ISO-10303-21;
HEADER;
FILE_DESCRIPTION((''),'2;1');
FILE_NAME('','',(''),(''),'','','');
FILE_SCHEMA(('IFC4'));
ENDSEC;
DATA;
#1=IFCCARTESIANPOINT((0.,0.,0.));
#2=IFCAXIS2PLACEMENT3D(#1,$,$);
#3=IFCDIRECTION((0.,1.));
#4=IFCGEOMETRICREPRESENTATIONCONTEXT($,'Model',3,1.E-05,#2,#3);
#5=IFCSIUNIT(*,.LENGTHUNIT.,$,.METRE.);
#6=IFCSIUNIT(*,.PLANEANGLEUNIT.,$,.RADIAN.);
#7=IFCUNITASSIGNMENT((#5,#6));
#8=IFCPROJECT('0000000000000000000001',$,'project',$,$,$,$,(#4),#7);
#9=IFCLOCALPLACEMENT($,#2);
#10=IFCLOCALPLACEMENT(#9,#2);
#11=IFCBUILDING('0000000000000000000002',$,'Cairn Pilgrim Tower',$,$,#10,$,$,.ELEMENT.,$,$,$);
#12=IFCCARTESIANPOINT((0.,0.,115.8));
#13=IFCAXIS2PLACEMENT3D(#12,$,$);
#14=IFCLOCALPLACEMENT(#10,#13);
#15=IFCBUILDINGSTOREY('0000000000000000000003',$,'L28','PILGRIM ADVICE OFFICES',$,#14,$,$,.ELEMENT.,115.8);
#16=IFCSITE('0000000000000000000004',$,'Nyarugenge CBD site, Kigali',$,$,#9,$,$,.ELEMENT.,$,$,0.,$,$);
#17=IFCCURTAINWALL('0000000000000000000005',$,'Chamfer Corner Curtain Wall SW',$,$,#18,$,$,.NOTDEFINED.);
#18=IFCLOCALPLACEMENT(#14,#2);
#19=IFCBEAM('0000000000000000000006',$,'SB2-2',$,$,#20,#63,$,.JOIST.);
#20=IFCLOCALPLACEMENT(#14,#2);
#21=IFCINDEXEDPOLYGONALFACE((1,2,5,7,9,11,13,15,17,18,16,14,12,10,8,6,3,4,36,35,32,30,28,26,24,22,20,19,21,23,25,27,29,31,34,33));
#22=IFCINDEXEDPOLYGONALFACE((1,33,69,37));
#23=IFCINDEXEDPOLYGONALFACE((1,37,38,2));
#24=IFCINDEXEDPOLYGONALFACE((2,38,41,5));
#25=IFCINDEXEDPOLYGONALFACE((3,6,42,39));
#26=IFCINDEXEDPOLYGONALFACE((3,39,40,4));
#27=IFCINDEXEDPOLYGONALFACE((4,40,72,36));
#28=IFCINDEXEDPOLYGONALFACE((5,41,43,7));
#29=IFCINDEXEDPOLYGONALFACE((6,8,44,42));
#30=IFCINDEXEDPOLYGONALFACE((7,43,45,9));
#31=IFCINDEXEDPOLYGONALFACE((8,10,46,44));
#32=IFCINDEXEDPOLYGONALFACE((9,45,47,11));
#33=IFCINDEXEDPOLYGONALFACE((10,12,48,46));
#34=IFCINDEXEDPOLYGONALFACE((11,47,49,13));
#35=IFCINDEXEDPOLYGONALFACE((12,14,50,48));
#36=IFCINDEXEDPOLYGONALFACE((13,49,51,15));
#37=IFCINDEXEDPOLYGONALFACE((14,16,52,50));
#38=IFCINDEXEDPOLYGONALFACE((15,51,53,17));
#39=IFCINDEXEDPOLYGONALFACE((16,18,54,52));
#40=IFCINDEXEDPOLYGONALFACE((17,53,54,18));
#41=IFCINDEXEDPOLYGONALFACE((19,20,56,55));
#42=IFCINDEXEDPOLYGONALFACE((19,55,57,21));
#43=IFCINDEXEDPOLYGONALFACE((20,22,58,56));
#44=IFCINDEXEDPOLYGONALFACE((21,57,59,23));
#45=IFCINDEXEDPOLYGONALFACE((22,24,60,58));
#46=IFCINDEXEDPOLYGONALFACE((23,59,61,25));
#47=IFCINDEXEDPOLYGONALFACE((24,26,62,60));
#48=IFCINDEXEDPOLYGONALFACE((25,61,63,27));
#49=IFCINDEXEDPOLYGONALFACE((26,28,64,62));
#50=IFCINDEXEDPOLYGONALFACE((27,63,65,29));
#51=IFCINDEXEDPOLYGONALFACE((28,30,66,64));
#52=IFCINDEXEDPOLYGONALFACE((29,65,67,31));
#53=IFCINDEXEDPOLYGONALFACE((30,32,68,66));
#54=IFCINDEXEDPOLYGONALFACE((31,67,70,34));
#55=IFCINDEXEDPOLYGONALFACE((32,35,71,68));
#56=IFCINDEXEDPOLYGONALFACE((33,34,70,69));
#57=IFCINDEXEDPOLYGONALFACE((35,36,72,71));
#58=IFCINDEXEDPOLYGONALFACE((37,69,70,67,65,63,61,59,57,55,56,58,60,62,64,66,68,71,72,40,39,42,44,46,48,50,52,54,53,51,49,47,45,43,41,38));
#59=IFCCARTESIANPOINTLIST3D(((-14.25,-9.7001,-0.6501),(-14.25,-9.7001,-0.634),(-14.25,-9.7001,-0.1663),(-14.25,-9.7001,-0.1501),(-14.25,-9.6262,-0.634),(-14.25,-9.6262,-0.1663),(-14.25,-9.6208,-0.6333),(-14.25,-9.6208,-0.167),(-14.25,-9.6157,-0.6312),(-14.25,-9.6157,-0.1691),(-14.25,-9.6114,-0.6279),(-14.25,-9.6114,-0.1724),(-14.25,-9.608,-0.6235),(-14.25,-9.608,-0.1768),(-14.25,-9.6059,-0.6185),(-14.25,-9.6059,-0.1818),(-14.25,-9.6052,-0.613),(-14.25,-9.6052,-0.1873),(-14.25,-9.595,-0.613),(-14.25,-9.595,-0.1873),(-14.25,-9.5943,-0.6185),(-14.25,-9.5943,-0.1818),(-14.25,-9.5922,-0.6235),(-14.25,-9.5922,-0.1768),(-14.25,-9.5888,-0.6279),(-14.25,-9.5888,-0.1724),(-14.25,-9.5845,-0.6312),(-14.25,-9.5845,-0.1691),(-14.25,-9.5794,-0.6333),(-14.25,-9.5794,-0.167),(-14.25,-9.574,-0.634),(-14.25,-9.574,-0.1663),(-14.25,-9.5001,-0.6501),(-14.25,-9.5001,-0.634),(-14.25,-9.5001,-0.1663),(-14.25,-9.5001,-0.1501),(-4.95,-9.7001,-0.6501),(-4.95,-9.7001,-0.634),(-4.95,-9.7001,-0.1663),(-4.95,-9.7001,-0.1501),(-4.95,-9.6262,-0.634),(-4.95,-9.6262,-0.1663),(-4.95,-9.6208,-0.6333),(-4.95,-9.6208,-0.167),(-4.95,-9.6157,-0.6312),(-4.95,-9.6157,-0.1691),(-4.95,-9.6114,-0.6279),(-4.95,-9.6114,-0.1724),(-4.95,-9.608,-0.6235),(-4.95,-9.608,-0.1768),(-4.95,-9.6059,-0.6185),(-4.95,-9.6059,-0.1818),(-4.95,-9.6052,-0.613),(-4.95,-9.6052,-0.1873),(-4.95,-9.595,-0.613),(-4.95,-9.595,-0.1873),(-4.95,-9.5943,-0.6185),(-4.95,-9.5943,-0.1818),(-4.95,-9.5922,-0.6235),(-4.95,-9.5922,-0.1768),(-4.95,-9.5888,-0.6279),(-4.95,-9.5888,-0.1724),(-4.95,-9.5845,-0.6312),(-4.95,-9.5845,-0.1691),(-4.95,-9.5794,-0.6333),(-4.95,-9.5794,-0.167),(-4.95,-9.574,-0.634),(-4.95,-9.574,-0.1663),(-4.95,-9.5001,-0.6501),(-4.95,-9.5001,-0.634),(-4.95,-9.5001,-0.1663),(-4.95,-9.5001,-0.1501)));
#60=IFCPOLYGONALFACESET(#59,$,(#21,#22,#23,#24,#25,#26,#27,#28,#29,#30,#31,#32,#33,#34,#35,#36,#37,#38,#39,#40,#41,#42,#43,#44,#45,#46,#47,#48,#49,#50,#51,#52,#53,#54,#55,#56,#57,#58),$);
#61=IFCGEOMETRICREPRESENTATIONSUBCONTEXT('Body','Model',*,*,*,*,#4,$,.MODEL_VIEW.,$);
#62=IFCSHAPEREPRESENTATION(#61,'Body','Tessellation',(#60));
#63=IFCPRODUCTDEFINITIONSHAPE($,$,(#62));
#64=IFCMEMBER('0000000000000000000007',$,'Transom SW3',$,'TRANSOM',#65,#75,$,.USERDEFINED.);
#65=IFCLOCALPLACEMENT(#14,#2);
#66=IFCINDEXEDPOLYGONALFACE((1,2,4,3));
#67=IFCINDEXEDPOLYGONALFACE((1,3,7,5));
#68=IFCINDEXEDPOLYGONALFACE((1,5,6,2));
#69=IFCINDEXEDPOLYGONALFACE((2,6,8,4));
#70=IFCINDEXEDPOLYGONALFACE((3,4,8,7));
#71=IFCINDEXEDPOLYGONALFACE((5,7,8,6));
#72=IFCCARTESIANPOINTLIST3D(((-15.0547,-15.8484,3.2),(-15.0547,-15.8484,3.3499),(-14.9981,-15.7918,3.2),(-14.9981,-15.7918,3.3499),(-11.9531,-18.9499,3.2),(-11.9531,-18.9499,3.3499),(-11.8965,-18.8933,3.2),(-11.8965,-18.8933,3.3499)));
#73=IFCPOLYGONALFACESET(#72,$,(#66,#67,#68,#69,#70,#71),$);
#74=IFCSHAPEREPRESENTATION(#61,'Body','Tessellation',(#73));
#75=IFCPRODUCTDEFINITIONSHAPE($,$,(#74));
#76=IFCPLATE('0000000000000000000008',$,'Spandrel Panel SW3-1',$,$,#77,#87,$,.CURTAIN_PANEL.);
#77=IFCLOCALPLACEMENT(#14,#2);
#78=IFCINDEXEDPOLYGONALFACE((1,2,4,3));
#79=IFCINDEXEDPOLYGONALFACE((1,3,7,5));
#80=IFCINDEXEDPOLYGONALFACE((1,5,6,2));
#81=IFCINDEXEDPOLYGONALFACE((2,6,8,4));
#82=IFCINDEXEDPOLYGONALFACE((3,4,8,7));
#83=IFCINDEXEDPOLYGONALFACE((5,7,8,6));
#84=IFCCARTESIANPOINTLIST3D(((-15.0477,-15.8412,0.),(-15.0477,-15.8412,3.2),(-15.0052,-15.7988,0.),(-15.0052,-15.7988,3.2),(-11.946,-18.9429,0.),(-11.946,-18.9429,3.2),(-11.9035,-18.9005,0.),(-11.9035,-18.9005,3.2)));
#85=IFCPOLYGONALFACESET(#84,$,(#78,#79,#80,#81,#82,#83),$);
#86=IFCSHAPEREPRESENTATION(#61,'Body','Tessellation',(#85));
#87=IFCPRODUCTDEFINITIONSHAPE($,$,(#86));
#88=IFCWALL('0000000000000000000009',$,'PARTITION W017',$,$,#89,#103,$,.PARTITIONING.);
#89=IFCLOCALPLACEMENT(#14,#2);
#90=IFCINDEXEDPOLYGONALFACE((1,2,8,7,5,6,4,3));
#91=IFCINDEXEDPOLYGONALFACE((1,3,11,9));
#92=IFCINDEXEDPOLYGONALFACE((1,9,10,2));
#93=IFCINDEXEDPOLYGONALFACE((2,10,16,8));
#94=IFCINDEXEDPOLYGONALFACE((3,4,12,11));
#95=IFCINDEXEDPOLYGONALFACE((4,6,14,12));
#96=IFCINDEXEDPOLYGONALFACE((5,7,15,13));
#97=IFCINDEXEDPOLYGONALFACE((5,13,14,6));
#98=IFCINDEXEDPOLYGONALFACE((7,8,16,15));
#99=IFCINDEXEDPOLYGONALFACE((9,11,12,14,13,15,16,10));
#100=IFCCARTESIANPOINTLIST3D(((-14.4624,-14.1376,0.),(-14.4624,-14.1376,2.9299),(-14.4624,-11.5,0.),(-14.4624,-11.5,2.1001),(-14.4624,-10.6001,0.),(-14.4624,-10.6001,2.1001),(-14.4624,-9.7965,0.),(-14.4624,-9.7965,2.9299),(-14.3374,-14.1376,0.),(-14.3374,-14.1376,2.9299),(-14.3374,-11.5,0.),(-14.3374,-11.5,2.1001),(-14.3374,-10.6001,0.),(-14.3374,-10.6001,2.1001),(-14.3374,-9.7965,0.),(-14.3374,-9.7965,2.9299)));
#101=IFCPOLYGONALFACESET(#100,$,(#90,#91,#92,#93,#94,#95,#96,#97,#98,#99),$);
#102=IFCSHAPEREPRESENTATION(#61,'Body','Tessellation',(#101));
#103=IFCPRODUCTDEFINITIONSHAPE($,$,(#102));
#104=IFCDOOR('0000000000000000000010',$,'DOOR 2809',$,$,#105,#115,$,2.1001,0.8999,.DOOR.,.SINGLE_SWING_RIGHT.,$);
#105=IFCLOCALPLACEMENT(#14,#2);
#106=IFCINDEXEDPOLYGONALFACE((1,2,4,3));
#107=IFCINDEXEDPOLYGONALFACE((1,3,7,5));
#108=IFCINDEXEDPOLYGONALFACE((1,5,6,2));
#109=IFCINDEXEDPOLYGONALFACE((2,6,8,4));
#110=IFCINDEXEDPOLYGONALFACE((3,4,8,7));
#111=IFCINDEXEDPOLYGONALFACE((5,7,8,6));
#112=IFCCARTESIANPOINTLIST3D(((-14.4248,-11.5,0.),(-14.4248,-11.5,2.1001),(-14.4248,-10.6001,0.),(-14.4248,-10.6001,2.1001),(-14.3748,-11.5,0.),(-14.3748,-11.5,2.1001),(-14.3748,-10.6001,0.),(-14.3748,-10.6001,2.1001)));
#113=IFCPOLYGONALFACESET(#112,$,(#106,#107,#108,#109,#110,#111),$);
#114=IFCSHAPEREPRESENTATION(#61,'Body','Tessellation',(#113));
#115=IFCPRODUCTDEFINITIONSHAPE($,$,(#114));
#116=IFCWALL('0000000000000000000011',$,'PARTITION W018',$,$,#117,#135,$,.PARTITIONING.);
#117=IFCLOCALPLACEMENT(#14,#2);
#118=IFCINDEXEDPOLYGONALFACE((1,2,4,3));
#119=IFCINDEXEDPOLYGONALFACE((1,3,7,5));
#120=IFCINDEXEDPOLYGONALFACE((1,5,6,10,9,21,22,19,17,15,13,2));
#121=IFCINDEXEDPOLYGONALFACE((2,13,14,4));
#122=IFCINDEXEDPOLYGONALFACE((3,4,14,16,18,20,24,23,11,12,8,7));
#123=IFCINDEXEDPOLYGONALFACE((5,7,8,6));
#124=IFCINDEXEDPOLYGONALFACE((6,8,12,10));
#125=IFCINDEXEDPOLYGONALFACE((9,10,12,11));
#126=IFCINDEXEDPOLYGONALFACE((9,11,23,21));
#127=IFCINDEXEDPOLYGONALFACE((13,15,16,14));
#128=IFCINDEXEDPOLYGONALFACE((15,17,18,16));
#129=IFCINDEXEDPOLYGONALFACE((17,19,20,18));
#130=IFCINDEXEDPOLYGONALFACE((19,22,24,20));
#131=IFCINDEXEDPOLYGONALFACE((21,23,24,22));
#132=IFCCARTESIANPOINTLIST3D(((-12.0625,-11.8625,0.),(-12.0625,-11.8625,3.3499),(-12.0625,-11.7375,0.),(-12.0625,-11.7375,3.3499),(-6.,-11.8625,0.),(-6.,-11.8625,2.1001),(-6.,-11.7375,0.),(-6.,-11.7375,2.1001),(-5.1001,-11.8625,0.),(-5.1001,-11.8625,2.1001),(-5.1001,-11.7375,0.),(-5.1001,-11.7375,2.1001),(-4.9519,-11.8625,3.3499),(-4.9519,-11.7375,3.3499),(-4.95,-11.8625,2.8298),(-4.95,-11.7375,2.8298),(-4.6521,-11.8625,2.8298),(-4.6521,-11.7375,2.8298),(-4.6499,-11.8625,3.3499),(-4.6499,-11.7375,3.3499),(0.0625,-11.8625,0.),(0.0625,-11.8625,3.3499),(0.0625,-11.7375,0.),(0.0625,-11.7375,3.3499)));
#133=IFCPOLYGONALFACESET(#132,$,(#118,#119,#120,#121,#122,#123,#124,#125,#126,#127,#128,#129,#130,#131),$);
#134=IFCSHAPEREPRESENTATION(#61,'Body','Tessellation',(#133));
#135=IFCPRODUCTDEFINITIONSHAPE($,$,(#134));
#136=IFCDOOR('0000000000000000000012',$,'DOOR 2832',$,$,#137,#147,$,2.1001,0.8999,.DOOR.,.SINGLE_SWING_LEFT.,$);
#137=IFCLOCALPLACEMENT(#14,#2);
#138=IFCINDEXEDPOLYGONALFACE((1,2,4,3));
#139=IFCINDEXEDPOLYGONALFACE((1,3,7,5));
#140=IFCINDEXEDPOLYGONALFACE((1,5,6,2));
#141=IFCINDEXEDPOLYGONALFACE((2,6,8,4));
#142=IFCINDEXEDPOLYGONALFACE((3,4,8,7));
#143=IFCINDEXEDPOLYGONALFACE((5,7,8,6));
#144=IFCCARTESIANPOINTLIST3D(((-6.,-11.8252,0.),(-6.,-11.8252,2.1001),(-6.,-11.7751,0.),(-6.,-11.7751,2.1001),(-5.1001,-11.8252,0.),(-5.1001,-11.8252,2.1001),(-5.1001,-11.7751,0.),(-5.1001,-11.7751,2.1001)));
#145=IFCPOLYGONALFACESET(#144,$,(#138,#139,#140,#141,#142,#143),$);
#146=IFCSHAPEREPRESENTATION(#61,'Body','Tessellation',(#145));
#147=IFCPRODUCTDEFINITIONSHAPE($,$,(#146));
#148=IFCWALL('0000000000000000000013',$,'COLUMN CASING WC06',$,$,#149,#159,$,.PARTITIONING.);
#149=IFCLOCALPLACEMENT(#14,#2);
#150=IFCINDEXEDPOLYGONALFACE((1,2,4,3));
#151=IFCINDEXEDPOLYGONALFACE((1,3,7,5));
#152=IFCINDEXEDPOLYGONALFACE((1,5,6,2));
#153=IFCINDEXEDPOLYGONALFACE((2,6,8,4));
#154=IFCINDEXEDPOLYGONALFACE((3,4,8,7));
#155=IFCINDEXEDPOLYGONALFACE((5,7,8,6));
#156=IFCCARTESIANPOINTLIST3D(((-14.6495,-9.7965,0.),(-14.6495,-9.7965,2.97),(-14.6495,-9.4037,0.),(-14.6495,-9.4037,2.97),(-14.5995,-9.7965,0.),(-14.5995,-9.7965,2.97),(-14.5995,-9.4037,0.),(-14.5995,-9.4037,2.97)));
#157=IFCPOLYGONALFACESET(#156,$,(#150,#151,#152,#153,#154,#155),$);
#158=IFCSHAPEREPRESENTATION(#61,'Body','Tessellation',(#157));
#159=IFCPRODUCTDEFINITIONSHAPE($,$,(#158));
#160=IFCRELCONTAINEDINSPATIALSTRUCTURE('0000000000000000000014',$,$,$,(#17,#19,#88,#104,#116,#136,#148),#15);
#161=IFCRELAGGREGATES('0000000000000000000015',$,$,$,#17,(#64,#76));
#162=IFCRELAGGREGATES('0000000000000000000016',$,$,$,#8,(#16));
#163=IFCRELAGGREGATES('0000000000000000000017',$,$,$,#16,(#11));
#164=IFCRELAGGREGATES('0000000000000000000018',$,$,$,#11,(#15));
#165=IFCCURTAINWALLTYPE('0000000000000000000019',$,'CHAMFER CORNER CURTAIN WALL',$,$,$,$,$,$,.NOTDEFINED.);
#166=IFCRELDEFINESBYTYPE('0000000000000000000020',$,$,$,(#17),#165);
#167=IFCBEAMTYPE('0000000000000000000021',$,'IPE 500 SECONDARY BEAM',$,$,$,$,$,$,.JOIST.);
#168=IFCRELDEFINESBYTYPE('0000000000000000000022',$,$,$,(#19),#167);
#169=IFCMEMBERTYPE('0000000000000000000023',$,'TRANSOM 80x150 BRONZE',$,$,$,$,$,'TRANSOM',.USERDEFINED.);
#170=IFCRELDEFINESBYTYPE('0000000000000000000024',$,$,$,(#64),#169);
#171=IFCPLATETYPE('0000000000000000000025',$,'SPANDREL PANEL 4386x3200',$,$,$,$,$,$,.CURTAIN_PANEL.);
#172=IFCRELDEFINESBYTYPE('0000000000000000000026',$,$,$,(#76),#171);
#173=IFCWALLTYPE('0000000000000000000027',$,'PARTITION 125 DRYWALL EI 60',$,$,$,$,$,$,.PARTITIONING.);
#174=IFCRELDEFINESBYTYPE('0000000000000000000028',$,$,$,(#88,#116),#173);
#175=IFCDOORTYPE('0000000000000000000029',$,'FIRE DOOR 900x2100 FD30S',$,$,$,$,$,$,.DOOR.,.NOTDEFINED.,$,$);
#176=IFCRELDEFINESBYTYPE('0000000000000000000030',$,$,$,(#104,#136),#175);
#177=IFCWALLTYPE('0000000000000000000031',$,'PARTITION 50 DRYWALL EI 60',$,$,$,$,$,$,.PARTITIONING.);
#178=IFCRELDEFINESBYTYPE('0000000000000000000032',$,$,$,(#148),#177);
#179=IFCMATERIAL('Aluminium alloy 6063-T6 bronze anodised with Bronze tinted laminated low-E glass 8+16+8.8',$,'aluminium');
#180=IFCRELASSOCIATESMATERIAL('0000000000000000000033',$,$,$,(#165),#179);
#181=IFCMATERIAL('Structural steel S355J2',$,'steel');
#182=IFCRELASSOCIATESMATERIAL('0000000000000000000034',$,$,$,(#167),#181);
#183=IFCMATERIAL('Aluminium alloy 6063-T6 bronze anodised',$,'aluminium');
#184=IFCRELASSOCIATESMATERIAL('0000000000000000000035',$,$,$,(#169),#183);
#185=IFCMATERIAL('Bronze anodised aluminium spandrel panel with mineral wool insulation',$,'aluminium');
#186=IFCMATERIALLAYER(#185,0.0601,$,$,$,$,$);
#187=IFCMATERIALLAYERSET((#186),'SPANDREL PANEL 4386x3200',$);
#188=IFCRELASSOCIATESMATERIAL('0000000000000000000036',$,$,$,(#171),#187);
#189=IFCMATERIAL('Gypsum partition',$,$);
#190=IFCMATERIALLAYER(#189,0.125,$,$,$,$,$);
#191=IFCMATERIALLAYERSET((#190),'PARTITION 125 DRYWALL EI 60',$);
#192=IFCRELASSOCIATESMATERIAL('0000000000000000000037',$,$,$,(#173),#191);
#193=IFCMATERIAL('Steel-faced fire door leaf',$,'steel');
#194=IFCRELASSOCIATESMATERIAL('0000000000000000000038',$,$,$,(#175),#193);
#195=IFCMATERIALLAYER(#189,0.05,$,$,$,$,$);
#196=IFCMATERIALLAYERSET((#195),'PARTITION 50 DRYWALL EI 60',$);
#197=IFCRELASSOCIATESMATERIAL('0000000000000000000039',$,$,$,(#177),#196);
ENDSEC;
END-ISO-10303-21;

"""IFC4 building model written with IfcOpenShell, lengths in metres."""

from ifc_helpers import new_model, si_unit, direction, frame, frame_2d, origin, origin_2d, place, context, subcontext, project, spatial, polyline, rectangle, i_section, outline, extrude, material, layer, layer_set, material_profile, profile_set, type_object, element, fill, aggregate, save


model = new_model("IFC4")

# Units and contexts
model_context = context("Model", 3, precision=1e-05, world=origin(), true_north=direction((0.0, 1.0)))
body_context = subcontext(model_context, "Body", "Model", "MODEL_VIEW")
ifc_project = project(units=[si_unit("LENGTHUNIT", "METRE"), si_unit("PLANEANGLEUNIT", "RADIAN")], contexts=[model_context])

# Site, building, storey
site_placement = place(None, origin())
site = spatial("IfcSite", under=ifc_project, at=site_placement, Name="Nyarugenge CBD site, Kigali", CompositionType="ELEMENT", RefElevation=0.0)
building_placement = place(site_placement, origin())
building = spatial("IfcBuilding", under=site, at=building_placement, Name="Cairn Pilgrim Tower", CompositionType="ELEMENT")
storey_placement = place(building_placement, frame((0.0, 0.0, 115.8)))
storey = spatial("IfcBuildingStorey", under=building, at=storey_placement, Name="L28", Description="PILGRIM ADVICE OFFICES", CompositionType="ELEMENT", Elevation=115.8)

# Shared definitions
ifc_material_1 = material(Name="Structural steel S355J2", Category="steel")

# Curtain wall
ifc_material_2 = material(Name="Aluminium alloy 6063-T6 bronze anodised with Bronze tinted laminated low-E glass 8+16+8.8", Category="aluminium")
curtain_wall_type = type_object("IfcCurtainWallType", Name="CHAMFER CORNER CURTAIN WALL", PredefinedType="NOTDEFINED", material=ifc_material_2)
curtain_wall_placement = place(storey_placement, origin())
curtain_wall = element("IfcCurtainWall", 1, at=curtain_wall_placement, inside=storey, type_object=curtain_wall_type, Name="Chamfer Corner Curtain Wall SW", PredefinedType="NOTDEFINED")
ifc_material_3 = material(Name="Aluminium alloy 6063-T6 bronze anodised", Category="aluminium")

# Beam
ifc_material_profile_1 = material_profile(ifc_material_1, i_section(OverallWidth=0.2, OverallDepth=0.5, WebThickness=0.0103, FlangeThickness=0.0161, FilletRadius=0.021, at=origin_2d()), Name="IPE 500")
ifc_profile_set_1 = profile_set([ifc_material_profile_1], Name="Structural steel S355J2")
beam_type_1 = type_object("IfcBeamType", Name="IPE 500 SECONDARY BEAM", PredefinedType="JOIST", material=ifc_profile_set_1)
for number, where, z_axis, x_axis, name in (
    (2, (-14.25, -9.6001, -0.4001), (1.0, 0.0, 0.0), (0.0, 1.0, 0.0), "SB2-2"),
):
    element("IfcBeam", number, at=place(storey_placement, frame(where, z_axis=z_axis, x_axis=x_axis)), inside=storey, type_object=beam_type_1, Name=name, PredefinedType="JOIST", context=body_context, shape_type="SweptSolid", body=[
        extrude(i_section(OverallWidth=0.2, OverallDepth=0.5, WebThickness=0.0103, FlangeThickness=0.0161, FilletRadius=0.021, at=origin_2d()), origin(), (0.0, 0.0, 1.0), 9.3),
    ])

# Member
ifc_material_profile_2 = material_profile(ifc_material_3, rectangle(XDim=0.0801, YDim=0.1499, at=origin_2d()), Name="TRANSOM 80x150 BRONZE")
ifc_profile_set_2 = profile_set([ifc_material_profile_2], Name="Aluminium alloy 6063-T6 bronze anodised")
member_type_1 = type_object("IfcMemberType", Name="TRANSOM 80x150 BRONZE", ElementType="TRANSOM", PredefinedType="USERDEFINED", material=ifc_profile_set_2)
member_1_placement = place(storey_placement, frame((-15.0264, -15.8201, 3.2749), z_axis=(0.707107, -0.707107, 0.0), x_axis=(0.707107, 0.707107, 0.0)))
member_1 = element("IfcMember", 3, at=member_1_placement, type_object=member_type_1, Name="Transom SW3", ObjectType="TRANSOM", PredefinedType="USERDEFINED", context=body_context, shape_type="SweptSolid", body=[
    extrude(rectangle(XDim=0.0801, YDim=0.1499, at=origin_2d()), origin(), (0.0, 0.0, 1.0), 4.3862),
])

# Plate
ifc_material_4 = material(Name="Bronze anodised aluminium spandrel panel with mineral wool insulation", Category="aluminium")
ifc_layer_1 = layer(ifc_material_4, 0.0601)
ifc_layer_set_1 = layer_set([ifc_layer_1], Name="SPANDREL PANEL 4386x3200")
plate_type = type_object("IfcPlateType", Name="SPANDREL PANEL 4386x3200", PredefinedType="CURTAIN_PANEL", material=ifc_layer_set_1)
plate_placement = place(storey_placement, frame((-13.4756, -17.3708, 0.0), z_axis=(0.0, 0.0, 1.0), x_axis=(0.707107, -0.707107, 0.0)))
plate = element("IfcPlate", 4, at=plate_placement, type_object=plate_type, Name="Spandrel Panel SW3-1", PredefinedType="CURTAIN_PANEL", context=body_context, shape_type="SweptSolid", body=[
    extrude(rectangle(XDim=4.3865, YDim=0.0601, at=origin_2d()), origin(), (0.0, 0.0, 1.0), 3.2),
])
aggregate(curtain_wall, [member_1, plate])

# Shared definitions
ifc_material_5 = material(Name="Gypsum partition")
ifc_layer_2 = layer(ifc_material_5, 0.125)
ifc_layer_set_2 = layer_set([ifc_layer_2], Name="PARTITION 125 DRYWALL EI 60")
wall_type_1 = type_object("IfcWallType", Name="PARTITION 125 DRYWALL EI 60", PredefinedType="PARTITIONING", material=ifc_layer_set_2)
ifc_material_6 = material(Name="Steel-faced fire door leaf", Category="steel")
door_type_1 = type_object("IfcDoorType", Name="FIRE DOOR 900x2100 FD30S", OperationType="NOTDEFINED", PredefinedType="DOOR", material=ifc_material_6)

# Walls, openings, doors
wall_1_placement = place(storey_placement, frame((-14.3999, -14.1375, 0.0), z_axis=(0.0, 0.0, 1.0), x_axis=(0.0, 1.0, 0.0)))
wall_1 = element("IfcWall", 5, at=wall_1_placement, inside=storey, type_object=wall_type_1, Name="PARTITION W017", PredefinedType="PARTITIONING", context=body_context, shape_type="SweptSolid", body=[
    extrude(rectangle(XDim=4.3411, YDim=0.125, at=frame_2d((2.1704, 0.0))), origin(), (0.0, 0.0, 1.0), 2.9299),
])
opening_1_placement = place(wall_1_placement, frame((2.6375, 0.0, 0.0)))
opening_1 = element("IfcOpeningElement", 6, at=opening_1_placement, cuts=wall_1, PredefinedType="OPENING", context=body_context, shape_type="SweptSolid", body=[
    extrude(rectangle(XDim=0.8999, YDim=2.1001, at=frame_2d((0.45, 1.05))), frame((0.0, 0.0725, 0.0), z_axis=(0.0, -1.0, 0.0), x_axis=(1.0, 0.0, 0.0)), (0.0, 0.0, 1.0), 0.145),
])
door_1_placement = place(opening_1_placement, origin())
door_1 = element("IfcDoor", 7, at=door_1_placement, inside=storey, type_object=door_type_1, Name="DOOR 2809", OperationType="SINGLE_SWING_RIGHT", OverallHeight=2.1001, OverallWidth=0.8999, PredefinedType="DOOR", context=body_context, shape_type="SweptSolid", body=[
    extrude(rectangle(XDim=0.8999, YDim=2.1001, at=frame_2d((0.45, 1.05))), frame((0.0, 0.0249, 0.0), z_axis=(0.0, -1.0, 0.0), x_axis=(1.0, 0.0, 0.0)), (0.0, 0.0, 1.0), 0.05),
])
fill(opening_1, door_1)
wall_2_placement = place(storey_placement, frame((-12.0625, -11.8, 0.0), z_axis=(0.0, 0.0, 1.0), x_axis=(1.0, 0.0, 0.0)))
wall_2 = element("IfcWall", 8, at=wall_2_placement, inside=storey, type_object=wall_type_1, Name="PARTITION W018", PredefinedType="PARTITIONING", context=body_context, shape_type="SweptSolid", body=[
    extrude(outline(polyline([(0.0, 0.0), (12.125, 0.0), (12.125, 3.3499), (7.4126, 3.3499), (7.4104, 2.8298), (7.1125, 2.8298), (7.1106, 3.3499), (0.0, 3.3499), (0.0, 0.0)])), frame((0.0, 0.0625, 0.0), z_axis=(0.0, -1.0, 0.0), x_axis=(1.0, 0.0, 0.0)), (0.0, 0.0, 1.0), 0.125),
])
opening_2_placement = place(wall_2_placement, frame((6.0625, 0.0, 0.0)))
opening_2 = element("IfcOpeningElement", 9, at=opening_2_placement, cuts=wall_2, PredefinedType="OPENING", context=body_context, shape_type="SweptSolid", body=[
    extrude(rectangle(XDim=0.8999, YDim=2.1001, at=frame_2d((0.45, 1.05))), frame((0.0, 0.0725, 0.0), z_axis=(0.0, -1.0, 0.0), x_axis=(1.0, 0.0, 0.0)), (0.0, 0.0, 1.0), 0.145),
])
door_2_placement = place(opening_2_placement, origin())
door_2 = element("IfcDoor", 10, at=door_2_placement, inside=storey, type_object=door_type_1, Name="DOOR 2832", OperationType="SINGLE_SWING_LEFT", OverallHeight=2.1001, OverallWidth=0.8999, PredefinedType="DOOR", context=body_context, shape_type="SweptSolid", body=[
    extrude(rectangle(XDim=0.8999, YDim=2.1001, at=frame_2d((0.45, 1.05))), frame((0.0, 0.0249, 0.0), z_axis=(0.0, -1.0, 0.0), x_axis=(1.0, 0.0, 0.0)), (0.0, 0.0, 1.0), 0.05),
])
fill(opening_2, door_2)

# Wall
ifc_layer_3 = layer(ifc_material_5, 0.05)
ifc_layer_set_3 = layer_set([ifc_layer_3], Name="PARTITION 50 DRYWALL EI 60")
wall_type_2 = type_object("IfcWallType", Name="PARTITION 50 DRYWALL EI 60", PredefinedType="PARTITIONING", material=ifc_layer_set_3)
wall_3_placement = place(storey_placement, frame((-14.6245, -9.7964, 0.0), z_axis=(0.0, 0.0, 1.0), x_axis=(0.0, 1.0, 0.0)))
element("IfcWall", 11, at=wall_3_placement, inside=storey, type_object=wall_type_2, Name="COLUMN CASING WC06", PredefinedType="PARTITIONING", context=body_context, shape_type="SweptSolid", body=[
    extrude(rectangle(XDim=0.3928, YDim=0.05, at=frame_2d((0.1963, 0.0))), origin(), (0.0, 0.0, 1.0), 2.97),
])

save(model, "model.ifc")
